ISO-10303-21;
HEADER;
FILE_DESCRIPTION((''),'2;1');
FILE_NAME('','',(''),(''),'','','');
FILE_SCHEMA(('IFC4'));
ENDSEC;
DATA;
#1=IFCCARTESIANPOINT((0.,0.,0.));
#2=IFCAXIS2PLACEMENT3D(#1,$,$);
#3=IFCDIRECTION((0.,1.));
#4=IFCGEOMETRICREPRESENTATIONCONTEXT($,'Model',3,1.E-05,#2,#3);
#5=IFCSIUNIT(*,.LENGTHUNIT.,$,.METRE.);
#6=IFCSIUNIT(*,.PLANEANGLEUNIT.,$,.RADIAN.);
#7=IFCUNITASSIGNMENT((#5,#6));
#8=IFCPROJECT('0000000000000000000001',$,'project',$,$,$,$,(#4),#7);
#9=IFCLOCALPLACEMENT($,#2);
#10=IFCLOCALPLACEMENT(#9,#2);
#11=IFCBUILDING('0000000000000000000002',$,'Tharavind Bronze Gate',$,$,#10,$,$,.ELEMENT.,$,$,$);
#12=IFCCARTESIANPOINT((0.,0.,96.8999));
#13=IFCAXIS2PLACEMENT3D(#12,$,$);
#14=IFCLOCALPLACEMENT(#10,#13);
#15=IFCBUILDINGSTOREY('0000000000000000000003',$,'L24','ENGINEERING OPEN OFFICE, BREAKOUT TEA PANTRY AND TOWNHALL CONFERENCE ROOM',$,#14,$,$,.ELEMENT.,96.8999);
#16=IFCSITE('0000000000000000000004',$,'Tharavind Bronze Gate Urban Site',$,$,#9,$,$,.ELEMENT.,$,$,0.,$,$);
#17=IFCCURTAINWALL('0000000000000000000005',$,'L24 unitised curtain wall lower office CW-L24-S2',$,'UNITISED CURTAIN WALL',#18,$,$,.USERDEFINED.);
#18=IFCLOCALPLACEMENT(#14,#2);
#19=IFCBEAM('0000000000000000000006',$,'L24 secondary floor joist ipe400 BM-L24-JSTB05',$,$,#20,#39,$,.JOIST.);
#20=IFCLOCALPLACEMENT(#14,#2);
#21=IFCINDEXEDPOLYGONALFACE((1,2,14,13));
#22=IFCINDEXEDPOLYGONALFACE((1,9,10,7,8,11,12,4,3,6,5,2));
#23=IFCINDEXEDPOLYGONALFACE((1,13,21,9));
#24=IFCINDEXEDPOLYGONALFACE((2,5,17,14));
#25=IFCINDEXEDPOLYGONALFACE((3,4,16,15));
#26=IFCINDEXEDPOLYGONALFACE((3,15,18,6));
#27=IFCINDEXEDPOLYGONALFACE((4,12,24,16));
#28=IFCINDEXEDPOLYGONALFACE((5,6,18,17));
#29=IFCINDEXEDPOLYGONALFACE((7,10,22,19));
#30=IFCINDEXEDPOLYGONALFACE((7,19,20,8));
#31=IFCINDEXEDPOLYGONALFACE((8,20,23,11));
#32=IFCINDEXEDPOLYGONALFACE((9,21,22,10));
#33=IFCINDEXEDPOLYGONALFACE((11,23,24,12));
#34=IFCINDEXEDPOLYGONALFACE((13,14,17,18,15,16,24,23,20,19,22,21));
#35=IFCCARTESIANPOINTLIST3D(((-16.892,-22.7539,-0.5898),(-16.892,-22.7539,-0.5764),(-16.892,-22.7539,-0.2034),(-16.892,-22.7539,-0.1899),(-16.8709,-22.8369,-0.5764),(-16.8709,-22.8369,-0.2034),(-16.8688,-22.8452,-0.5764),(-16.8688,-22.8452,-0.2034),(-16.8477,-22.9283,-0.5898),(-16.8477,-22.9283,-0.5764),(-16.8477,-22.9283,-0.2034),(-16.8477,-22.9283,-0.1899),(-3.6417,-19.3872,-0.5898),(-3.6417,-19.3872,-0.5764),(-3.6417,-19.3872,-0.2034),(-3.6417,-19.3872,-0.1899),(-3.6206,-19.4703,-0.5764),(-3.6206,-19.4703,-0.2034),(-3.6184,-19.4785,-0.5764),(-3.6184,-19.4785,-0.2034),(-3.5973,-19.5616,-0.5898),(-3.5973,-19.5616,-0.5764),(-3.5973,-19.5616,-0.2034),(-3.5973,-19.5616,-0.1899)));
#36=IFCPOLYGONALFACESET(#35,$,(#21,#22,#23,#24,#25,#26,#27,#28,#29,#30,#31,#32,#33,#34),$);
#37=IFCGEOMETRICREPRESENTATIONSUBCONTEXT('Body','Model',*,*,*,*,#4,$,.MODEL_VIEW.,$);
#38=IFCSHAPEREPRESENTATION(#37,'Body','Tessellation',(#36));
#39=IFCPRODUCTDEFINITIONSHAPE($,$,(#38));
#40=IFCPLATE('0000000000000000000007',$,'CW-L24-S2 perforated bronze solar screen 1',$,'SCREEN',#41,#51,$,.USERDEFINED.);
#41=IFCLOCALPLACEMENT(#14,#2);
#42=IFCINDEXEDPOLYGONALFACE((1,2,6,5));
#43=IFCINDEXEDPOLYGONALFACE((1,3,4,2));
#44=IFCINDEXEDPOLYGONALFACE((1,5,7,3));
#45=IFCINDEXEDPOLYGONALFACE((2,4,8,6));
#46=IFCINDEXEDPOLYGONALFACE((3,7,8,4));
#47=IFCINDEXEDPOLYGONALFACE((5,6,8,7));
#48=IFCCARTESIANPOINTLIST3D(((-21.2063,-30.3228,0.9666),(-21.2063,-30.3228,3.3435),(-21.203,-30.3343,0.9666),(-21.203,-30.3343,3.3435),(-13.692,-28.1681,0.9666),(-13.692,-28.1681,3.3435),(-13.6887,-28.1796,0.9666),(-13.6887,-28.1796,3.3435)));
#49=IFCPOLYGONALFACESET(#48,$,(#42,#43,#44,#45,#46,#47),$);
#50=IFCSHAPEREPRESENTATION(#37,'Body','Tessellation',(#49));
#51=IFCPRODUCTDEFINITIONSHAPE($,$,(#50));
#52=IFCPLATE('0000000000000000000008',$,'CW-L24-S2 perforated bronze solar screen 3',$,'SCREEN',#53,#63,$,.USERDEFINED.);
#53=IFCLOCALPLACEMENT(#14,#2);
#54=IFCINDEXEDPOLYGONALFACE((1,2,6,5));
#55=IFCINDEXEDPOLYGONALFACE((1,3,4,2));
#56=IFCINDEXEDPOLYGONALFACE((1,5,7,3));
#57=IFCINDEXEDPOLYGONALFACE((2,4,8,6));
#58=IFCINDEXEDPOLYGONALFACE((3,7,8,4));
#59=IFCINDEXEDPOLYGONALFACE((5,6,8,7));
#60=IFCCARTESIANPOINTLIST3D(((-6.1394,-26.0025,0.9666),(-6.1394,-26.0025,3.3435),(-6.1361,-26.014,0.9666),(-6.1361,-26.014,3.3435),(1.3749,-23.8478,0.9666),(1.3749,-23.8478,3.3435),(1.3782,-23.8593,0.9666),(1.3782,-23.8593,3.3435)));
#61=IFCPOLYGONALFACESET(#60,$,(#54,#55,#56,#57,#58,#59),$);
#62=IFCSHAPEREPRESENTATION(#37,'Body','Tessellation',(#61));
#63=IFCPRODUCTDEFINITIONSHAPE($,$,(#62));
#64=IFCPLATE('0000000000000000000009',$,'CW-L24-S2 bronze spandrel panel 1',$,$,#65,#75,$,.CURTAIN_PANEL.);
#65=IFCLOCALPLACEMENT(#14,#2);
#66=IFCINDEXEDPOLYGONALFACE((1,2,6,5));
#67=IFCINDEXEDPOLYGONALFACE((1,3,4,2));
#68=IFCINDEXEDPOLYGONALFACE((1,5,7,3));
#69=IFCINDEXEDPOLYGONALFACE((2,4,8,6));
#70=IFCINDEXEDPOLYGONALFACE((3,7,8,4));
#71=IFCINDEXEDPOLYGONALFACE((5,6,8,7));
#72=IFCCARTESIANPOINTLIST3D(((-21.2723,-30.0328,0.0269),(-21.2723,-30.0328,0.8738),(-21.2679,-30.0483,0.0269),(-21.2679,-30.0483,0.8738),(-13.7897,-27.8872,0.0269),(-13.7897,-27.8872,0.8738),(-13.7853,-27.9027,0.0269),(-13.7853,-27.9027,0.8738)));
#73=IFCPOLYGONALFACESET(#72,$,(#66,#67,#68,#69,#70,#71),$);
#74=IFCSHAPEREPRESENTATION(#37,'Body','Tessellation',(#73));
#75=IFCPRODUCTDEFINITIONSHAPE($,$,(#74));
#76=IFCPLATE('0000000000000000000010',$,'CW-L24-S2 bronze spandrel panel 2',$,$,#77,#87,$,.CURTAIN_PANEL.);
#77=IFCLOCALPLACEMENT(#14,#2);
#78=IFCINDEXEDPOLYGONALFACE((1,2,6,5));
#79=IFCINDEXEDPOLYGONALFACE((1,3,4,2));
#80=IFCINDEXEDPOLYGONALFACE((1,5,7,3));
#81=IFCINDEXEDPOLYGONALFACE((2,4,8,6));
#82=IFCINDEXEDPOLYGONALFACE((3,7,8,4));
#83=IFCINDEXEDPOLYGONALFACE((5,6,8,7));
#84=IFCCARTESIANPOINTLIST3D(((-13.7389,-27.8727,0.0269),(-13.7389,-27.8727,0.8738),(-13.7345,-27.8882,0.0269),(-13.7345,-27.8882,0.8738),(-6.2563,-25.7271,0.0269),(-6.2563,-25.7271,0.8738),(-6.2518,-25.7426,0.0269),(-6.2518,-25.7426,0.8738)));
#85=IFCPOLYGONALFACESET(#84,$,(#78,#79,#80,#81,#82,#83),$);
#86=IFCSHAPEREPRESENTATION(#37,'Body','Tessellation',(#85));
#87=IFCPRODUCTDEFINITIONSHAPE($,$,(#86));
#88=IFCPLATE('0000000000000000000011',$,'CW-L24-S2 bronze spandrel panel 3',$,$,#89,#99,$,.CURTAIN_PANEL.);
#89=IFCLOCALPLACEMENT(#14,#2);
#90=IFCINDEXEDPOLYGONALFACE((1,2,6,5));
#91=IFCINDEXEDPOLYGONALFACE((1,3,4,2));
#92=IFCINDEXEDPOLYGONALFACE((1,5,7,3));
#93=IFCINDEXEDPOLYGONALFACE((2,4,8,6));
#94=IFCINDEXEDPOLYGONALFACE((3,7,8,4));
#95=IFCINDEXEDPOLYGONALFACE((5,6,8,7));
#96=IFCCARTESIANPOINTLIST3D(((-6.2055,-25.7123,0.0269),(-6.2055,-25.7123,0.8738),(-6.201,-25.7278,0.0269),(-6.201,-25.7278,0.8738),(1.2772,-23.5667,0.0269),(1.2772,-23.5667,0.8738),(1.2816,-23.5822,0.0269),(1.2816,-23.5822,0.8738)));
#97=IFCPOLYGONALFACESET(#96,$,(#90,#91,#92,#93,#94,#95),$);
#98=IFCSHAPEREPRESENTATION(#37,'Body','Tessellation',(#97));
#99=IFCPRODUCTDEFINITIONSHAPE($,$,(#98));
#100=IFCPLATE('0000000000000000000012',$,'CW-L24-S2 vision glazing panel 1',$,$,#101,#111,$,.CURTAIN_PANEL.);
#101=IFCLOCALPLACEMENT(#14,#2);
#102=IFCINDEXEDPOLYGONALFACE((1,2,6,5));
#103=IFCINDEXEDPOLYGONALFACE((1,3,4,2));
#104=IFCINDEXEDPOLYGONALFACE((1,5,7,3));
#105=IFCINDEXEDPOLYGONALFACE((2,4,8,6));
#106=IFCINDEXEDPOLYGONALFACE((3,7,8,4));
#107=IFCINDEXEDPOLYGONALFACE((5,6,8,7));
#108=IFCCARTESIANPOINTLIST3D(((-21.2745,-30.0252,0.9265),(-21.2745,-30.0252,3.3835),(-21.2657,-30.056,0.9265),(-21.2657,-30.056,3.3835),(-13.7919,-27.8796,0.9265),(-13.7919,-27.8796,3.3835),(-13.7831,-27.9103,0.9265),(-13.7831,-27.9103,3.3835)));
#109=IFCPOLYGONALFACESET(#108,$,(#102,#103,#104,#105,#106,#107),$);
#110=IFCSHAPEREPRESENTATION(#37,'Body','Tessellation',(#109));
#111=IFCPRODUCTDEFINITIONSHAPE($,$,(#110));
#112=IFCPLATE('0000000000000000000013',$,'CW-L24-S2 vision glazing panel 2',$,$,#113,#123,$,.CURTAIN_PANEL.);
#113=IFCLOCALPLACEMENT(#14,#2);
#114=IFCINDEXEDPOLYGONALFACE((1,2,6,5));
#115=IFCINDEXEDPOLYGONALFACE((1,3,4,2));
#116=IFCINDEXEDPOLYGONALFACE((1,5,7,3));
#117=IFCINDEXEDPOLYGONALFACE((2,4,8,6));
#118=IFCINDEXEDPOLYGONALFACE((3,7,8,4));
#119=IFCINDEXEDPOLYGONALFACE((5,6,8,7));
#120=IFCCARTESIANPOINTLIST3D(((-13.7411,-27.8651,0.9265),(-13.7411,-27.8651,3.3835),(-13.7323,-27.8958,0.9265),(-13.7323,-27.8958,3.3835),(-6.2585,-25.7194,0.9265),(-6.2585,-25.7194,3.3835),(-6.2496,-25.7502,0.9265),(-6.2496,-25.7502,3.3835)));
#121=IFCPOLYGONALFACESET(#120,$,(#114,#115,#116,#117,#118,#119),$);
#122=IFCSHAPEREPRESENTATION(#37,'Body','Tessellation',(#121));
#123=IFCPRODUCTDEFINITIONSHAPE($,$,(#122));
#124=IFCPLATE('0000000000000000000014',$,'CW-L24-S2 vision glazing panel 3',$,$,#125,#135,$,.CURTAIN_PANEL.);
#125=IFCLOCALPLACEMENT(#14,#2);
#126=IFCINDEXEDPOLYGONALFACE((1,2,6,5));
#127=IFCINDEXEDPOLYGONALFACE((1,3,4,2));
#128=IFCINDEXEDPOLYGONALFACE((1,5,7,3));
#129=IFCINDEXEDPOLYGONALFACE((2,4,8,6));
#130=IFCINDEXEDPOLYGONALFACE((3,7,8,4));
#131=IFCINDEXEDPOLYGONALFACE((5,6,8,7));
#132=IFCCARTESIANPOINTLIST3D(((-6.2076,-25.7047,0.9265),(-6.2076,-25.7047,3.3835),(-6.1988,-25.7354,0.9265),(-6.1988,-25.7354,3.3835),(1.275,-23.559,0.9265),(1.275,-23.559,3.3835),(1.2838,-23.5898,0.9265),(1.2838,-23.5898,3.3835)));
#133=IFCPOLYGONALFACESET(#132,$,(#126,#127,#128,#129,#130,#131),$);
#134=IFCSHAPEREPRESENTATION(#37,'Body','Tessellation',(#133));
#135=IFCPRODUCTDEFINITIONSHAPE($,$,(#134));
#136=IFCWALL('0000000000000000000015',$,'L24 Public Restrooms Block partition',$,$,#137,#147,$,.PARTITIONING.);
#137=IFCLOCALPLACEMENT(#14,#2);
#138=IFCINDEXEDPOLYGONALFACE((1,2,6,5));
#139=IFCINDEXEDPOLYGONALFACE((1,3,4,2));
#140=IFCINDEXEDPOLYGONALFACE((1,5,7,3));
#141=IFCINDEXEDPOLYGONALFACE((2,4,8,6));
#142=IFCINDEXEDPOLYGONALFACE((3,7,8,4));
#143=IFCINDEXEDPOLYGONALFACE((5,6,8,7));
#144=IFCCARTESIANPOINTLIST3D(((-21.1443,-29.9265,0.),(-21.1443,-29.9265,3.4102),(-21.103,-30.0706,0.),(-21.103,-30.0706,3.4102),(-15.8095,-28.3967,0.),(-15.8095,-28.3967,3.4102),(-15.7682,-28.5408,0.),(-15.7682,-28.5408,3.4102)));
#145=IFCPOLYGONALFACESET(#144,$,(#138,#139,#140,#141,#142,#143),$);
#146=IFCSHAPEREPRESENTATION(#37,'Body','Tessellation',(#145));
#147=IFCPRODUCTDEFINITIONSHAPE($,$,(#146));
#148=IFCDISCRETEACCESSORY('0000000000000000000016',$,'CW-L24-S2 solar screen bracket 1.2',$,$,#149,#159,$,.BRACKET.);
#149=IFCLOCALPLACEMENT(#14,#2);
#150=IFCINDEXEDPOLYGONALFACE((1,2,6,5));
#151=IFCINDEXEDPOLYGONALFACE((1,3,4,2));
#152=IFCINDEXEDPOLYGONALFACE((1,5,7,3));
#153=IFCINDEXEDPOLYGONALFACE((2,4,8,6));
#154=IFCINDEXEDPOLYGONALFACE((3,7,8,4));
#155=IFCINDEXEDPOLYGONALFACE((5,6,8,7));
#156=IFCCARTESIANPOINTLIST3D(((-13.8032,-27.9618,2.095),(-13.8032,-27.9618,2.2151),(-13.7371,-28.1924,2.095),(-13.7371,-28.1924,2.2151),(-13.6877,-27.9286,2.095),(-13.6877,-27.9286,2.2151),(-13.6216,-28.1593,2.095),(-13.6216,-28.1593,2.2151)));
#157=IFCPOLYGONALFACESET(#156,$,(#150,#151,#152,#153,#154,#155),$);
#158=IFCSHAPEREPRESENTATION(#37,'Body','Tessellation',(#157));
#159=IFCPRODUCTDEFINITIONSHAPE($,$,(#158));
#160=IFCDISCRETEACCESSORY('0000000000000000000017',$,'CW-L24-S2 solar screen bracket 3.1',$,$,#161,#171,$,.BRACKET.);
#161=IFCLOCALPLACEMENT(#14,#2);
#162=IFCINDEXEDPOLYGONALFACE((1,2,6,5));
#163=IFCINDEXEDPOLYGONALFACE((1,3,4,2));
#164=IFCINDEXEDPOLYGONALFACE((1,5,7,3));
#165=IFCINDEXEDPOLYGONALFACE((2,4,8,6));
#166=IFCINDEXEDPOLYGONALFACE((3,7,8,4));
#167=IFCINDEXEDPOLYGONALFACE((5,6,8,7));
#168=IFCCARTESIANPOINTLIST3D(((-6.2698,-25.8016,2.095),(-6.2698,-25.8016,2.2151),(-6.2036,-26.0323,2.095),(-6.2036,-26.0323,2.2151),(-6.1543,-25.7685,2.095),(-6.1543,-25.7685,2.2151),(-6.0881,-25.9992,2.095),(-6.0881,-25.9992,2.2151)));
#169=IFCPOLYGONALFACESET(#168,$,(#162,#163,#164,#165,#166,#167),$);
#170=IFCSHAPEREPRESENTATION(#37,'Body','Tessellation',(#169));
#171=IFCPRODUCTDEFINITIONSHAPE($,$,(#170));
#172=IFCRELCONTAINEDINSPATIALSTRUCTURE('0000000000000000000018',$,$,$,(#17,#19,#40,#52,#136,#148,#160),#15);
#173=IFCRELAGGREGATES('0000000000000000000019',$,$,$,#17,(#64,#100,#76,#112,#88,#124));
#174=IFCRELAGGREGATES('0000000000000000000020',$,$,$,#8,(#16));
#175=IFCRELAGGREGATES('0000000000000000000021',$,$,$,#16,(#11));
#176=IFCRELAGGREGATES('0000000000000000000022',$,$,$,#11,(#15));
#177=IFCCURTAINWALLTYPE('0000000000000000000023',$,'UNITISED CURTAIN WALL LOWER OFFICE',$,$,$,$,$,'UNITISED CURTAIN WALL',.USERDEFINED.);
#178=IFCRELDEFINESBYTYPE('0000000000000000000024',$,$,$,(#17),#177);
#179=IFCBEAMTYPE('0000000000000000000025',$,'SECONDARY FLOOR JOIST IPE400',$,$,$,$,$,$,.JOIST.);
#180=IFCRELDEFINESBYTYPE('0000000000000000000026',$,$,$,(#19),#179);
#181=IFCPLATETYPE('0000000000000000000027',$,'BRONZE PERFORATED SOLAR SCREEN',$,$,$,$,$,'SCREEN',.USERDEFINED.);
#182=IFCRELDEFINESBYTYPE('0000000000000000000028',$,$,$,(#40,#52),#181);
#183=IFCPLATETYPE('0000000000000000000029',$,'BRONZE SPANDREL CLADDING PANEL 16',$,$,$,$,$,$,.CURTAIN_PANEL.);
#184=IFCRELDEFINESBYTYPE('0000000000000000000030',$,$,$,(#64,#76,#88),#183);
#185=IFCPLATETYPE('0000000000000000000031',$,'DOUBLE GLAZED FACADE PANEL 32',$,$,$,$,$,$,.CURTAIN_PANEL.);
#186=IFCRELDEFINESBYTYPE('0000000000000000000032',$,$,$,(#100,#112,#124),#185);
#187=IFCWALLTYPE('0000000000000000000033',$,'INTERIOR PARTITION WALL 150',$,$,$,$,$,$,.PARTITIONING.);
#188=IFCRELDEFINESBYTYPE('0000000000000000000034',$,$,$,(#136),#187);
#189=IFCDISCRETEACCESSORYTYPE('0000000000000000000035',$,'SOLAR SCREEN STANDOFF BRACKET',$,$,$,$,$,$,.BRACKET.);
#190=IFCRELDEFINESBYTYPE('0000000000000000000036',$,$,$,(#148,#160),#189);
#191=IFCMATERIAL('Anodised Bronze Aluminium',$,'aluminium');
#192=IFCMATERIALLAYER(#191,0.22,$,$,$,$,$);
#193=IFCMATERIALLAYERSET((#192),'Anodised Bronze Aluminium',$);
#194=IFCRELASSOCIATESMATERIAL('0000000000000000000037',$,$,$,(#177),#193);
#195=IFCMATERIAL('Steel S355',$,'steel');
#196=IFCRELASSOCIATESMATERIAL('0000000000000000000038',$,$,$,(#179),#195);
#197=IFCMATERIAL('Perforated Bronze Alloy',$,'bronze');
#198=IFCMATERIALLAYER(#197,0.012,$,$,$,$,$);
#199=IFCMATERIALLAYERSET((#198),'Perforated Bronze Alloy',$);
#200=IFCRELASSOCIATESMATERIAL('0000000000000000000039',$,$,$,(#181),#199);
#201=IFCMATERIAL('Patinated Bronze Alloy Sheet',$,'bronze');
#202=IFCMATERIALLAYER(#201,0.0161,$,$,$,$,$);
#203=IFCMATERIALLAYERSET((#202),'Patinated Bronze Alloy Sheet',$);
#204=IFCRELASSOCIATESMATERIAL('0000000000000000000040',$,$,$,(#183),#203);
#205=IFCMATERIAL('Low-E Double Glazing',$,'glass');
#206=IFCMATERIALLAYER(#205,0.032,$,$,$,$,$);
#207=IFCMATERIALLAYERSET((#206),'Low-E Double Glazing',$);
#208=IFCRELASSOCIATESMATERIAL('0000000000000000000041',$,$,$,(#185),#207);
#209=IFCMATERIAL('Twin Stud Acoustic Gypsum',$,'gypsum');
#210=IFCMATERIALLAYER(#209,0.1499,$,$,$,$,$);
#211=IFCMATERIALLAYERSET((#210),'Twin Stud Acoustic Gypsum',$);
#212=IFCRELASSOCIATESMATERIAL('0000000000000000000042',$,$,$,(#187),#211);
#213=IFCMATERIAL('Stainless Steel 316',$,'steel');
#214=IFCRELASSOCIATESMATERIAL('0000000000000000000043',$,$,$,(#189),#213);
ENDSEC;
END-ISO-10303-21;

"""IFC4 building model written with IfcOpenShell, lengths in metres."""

from ifc_helpers import new_model, si_unit, direction, frame, frame_2d, origin, origin_2d, place, context, subcontext, project, spatial, rectangle, i_section, extrude, material, layer, layer_set, material_profile, profile_set, type_object, element, aggregate, save


model = new_model("IFC4")

# Units and contexts
model_context = context("Model", 3, precision=1e-05, world=origin(), true_north=direction((0.0, 1.0)))
body_context = subcontext(model_context, "Body", "Model", "MODEL_VIEW")
ifc_project = project(units=[si_unit("LENGTHUNIT", "METRE"), si_unit("PLANEANGLEUNIT", "RADIAN")], contexts=[model_context])

# Site, building, storey
site_placement = place(None, origin())
site = spatial("IfcSite", under=ifc_project, at=site_placement, Name="Tharavind Bronze Gate Urban Site", CompositionType="ELEMENT", RefElevation=0.0)
building_placement = place(site_placement, origin())
building = spatial("IfcBuilding", under=site, at=building_placement, Name="Tharavind Bronze Gate", CompositionType="ELEMENT")
storey_placement = place(building_placement, frame((0.0, 0.0, 96.8999)))
storey = spatial("IfcBuildingStorey", under=building, at=storey_placement, Name="L24", Description="ENGINEERING OPEN OFFICE, BREAKOUT TEA PANTRY AND TOWNHALL CONFERENCE ROOM", CompositionType="ELEMENT", Elevation=96.8999)

# Curtain wall
ifc_material_1 = material(Name="Anodised Bronze Aluminium", Category="aluminium")
ifc_layer_1 = layer(ifc_material_1, 0.22)
ifc_layer_set_1 = layer_set([ifc_layer_1], Name="Anodised Bronze Aluminium")
curtain_wall_type = type_object("IfcCurtainWallType", Name="UNITISED CURTAIN WALL LOWER OFFICE", ElementType="UNITISED CURTAIN WALL", PredefinedType="USERDEFINED", material=ifc_layer_set_1)
curtain_wall_placement = place(storey_placement, origin())
curtain_wall = element("IfcCurtainWall", 1, at=curtain_wall_placement, inside=storey, type_object=curtain_wall_type, Name="L24 unitised curtain wall lower office CW-L24-S2", ObjectType="UNITISED CURTAIN WALL", PredefinedType="USERDEFINED")

# Beam
ifc_material_2 = material(Name="Steel S355", Category="steel")
ifc_material_profile_1 = material_profile(ifc_material_2, i_section(OverallWidth=0.1799, OverallDepth=0.3999, WebThickness=0.0085, FlangeThickness=0.0134, at=origin_2d()), Name="IPE400")
ifc_profile_set_1 = profile_set([ifc_material_profile_1], Name="Steel S355")
beam_type_1 = type_object("IfcBeamType", Name="SECONDARY FLOOR JOIST IPE400", PredefinedType="JOIST", material=ifc_profile_set_1)
beam_1_placement = place(storey_placement, frame((-16.8699, -22.8411, -0.3899), z_axis=(0.969205, 0.246257, 0.0), x_axis=(-0.246257, 0.969205, 0.0)))
element("IfcBeam", 2, at=beam_1_placement, inside=storey, type_object=beam_type_1, Name="L24 secondary floor joist ipe400 BM-L24-JSTB05", PredefinedType="JOIST", context=body_context, shape_type="SweptSolid", body=[
    extrude(i_section(OverallWidth=0.1799, OverallDepth=0.3999, WebThickness=0.0085, FlangeThickness=0.0134, at=origin_2d()), origin(), (0.0, 0.0, 1.0), 13.6714),
])

# Plates
ifc_material_3 = material(Name="Perforated Bronze Alloy", Category="bronze")
ifc_layer_2 = layer(ifc_material_3, 0.012)
ifc_layer_set_2 = layer_set([ifc_layer_2], Name="Perforated Bronze Alloy")
plate_type_1 = type_object("IfcPlateType", Name="BRONZE PERFORATED SOLAR SCREEN", ElementType="SCREEN", PredefinedType="USERDEFINED", material=ifc_layer_set_2)
for number, where, z_axis, x_axis, name in (
    (3, (-17.4475, -29.2512, 0.9666), (0.0, 0.0, 1.0), (0.961262, 0.275637, 0.0), "CW-L24-S2 perforated bronze solar screen 1"),
    (4, (-2.3806, -24.9309, 0.9666), (0.0, 0.0, 1.0), (0.961262, 0.275637, 0.0), "CW-L24-S2 perforated bronze solar screen 3"),
):
    element("IfcPlate", number, at=place(storey_placement, frame(where, z_axis=z_axis, x_axis=x_axis)), inside=storey, type_object=plate_type_1, Name=name, ObjectType="SCREEN", PredefinedType="USERDEFINED", context=body_context, shape_type="SweptSolid", body=[
        extrude(rectangle(XDim=7.8171, YDim=0.012, at=origin_2d()), origin(), (0.0, 0.0, 1.0), 2.377),
    ])

# Plates
ifc_material_4 = material(Name="Patinated Bronze Alloy Sheet", Category="bronze")
ifc_layer_3 = layer(ifc_material_4, 0.0161)
ifc_layer_set_3 = layer_set([ifc_layer_3], Name="Patinated Bronze Alloy Sheet")
plate_type_2 = type_object("IfcPlateType", Name="BRONZE SPANDREL CLADDING PANEL 16", PredefinedType="CURTAIN_PANEL", material=ifc_layer_set_3)
plate_1_placement = place(storey_placement, frame((-17.5288, -28.9678, 0.0269), z_axis=(0.0, 0.0, 1.0), x_axis=(0.961262, 0.275637, 0.0)))
plate_1 = element("IfcPlate", 5, at=plate_1_placement, type_object=plate_type_2, Name="CW-L24-S2 bronze spandrel panel 1", PredefinedType="CURTAIN_PANEL", context=body_context, shape_type="SweptSolid", body=[
    extrude(rectangle(XDim=7.7842, YDim=0.0161, at=origin_2d()), origin(), (0.0, 0.0, 1.0), 0.8469),
])
plate_2_placement = place(storey_placement, frame((-9.9954, -26.8076, 0.0269), z_axis=(0.0, 0.0, 1.0), x_axis=(0.961262, 0.275637, 0.0)))
plate_2 = element("IfcPlate", 6, at=plate_2_placement, type_object=plate_type_2, Name="CW-L24-S2 bronze spandrel panel 2", PredefinedType="CURTAIN_PANEL", context=body_context, shape_type="SweptSolid", body=[
    extrude(rectangle(XDim=7.7842, YDim=0.0161, at=origin_2d()), origin(), (0.0, 0.0, 1.0), 0.8469),
])
plate_3_placement = place(storey_placement, frame((-2.4619, -24.6472, 0.0269), z_axis=(0.0, 0.0, 1.0), x_axis=(0.961262, 0.275637, 0.0)))
plate_3 = element("IfcPlate", 7, at=plate_3_placement, type_object=plate_type_2, Name="CW-L24-S2 bronze spandrel panel 3", PredefinedType="CURTAIN_PANEL", context=body_context, shape_type="SweptSolid", body=[
    extrude(rectangle(XDim=7.7842, YDim=0.0161, at=origin_2d()), origin(), (0.0, 0.0, 1.0), 0.8469),
])
ifc_material_5 = material(Name="Low-E Double Glazing", Category="glass")
ifc_layer_4 = layer(ifc_material_5, 0.032)
ifc_layer_set_4 = layer_set([ifc_layer_4], Name="Low-E Double Glazing")
plate_type_3 = type_object("IfcPlateType", Name="DOUBLE GLAZED FACADE PANEL 32", PredefinedType="CURTAIN_PANEL", material=ifc_layer_set_4)
plate_4_placement = place(storey_placement, frame((-17.5288, -28.9678, 0.9265), z_axis=(0.0, 0.0, 1.0), x_axis=(0.961262, 0.275637, 0.0)))
plate_4 = element("IfcPlate", 8, at=plate_4_placement, type_object=plate_type_3, Name="CW-L24-S2 vision glazing panel 1", PredefinedType="CURTAIN_PANEL", context=body_context, shape_type="SweptSolid", body=[
    extrude(rectangle(XDim=7.7842, YDim=0.032, at=origin_2d()), origin(), (0.0, 0.0, 1.0), 2.457),
])
plate_5_placement = place(storey_placement, frame((-9.9954, -26.8076, 0.9265), z_axis=(0.0, 0.0, 1.0), x_axis=(0.961262, 0.275637, 0.0)))
plate_5 = element("IfcPlate", 9, at=plate_5_placement, type_object=plate_type_3, Name="CW-L24-S2 vision glazing panel 2", PredefinedType="CURTAIN_PANEL", context=body_context, shape_type="SweptSolid", body=[
    extrude(rectangle(XDim=7.7842, YDim=0.032, at=origin_2d()), origin(), (0.0, 0.0, 1.0), 2.457),
])
plate_6_placement = place(storey_placement, frame((-2.4619, -24.6472, 0.9265), z_axis=(0.0, 0.0, 1.0), x_axis=(0.961262, 0.275637, 0.0)))
plate_6 = element("IfcPlate", 10, at=plate_6_placement, type_object=plate_type_3, Name="CW-L24-S2 vision glazing panel 3", PredefinedType="CURTAIN_PANEL", context=body_context, shape_type="SweptSolid", body=[
    extrude(rectangle(XDim=7.7842, YDim=0.032, at=origin_2d()), origin(), (0.0, 0.0, 1.0), 2.457),
])
aggregate(curtain_wall, [plate_1, plate_4, plate_2, plate_5, plate_3, plate_6])

# Wall
ifc_material_6 = material(Name="Twin Stud Acoustic Gypsum", Category="gypsum")
ifc_layer_5 = layer(ifc_material_6, 0.1499)
ifc_layer_set_5 = layer_set([ifc_layer_5], Name="Twin Stud Acoustic Gypsum")
wall_type = type_object("IfcWallType", Name="INTERIOR PARTITION WALL 150", PredefinedType="PARTITIONING", material=ifc_layer_set_5)
wall_placement = place(storey_placement, frame((-15.7888, -28.4688, 0.0), z_axis=(0.0, 0.0, 1.0), x_axis=(-0.961258, -0.275651, 0.0)))
element("IfcWall", 11, at=wall_placement, inside=storey, type_object=wall_type, Name="L24 Public Restrooms Block partition", PredefinedType="PARTITIONING", context=body_context, shape_type="SweptSolid", body=[
    extrude(rectangle(XDim=5.5498, YDim=0.1499, at=frame_2d((2.7749, 0.0))), origin(), (0.0, 0.0, 1.0), 3.4102),
])

# Discrete accessories
ifc_material_7 = material(Name="Stainless Steel 316", Category="steel")
discrete_accessory_type = type_object("IfcDiscreteAccessoryType", Name="SOLAR SCREEN STANDOFF BRACKET", PredefinedType="BRACKET", material=ifc_material_7)
for number, where, z_axis, x_axis, name in (
    (12, (-13.7124, -28.0605, 2.095), (0.0, 0.0, 1.0), (0.961262, 0.275637, 0.0), "CW-L24-S2 solar screen bracket 1.2"),
    (13, (-6.179, -25.9004, 2.095), (0.0, 0.0, 1.0), (0.961262, 0.275637, 0.0), "CW-L24-S2 solar screen bracket 3.1"),
):
    element("IfcDiscreteAccessory", number, at=place(storey_placement, frame(where, z_axis=z_axis, x_axis=x_axis)), inside=storey, type_object=discrete_accessory_type, Name=name, PredefinedType="BRACKET", context=body_context, shape_type="SweptSolid", body=[
        extrude(rectangle(XDim=0.1201, YDim=0.24, at=origin_2d()), origin(), (0.0, 0.0, 1.0), 0.1201),
    ])

save(model, "model.ifc")
